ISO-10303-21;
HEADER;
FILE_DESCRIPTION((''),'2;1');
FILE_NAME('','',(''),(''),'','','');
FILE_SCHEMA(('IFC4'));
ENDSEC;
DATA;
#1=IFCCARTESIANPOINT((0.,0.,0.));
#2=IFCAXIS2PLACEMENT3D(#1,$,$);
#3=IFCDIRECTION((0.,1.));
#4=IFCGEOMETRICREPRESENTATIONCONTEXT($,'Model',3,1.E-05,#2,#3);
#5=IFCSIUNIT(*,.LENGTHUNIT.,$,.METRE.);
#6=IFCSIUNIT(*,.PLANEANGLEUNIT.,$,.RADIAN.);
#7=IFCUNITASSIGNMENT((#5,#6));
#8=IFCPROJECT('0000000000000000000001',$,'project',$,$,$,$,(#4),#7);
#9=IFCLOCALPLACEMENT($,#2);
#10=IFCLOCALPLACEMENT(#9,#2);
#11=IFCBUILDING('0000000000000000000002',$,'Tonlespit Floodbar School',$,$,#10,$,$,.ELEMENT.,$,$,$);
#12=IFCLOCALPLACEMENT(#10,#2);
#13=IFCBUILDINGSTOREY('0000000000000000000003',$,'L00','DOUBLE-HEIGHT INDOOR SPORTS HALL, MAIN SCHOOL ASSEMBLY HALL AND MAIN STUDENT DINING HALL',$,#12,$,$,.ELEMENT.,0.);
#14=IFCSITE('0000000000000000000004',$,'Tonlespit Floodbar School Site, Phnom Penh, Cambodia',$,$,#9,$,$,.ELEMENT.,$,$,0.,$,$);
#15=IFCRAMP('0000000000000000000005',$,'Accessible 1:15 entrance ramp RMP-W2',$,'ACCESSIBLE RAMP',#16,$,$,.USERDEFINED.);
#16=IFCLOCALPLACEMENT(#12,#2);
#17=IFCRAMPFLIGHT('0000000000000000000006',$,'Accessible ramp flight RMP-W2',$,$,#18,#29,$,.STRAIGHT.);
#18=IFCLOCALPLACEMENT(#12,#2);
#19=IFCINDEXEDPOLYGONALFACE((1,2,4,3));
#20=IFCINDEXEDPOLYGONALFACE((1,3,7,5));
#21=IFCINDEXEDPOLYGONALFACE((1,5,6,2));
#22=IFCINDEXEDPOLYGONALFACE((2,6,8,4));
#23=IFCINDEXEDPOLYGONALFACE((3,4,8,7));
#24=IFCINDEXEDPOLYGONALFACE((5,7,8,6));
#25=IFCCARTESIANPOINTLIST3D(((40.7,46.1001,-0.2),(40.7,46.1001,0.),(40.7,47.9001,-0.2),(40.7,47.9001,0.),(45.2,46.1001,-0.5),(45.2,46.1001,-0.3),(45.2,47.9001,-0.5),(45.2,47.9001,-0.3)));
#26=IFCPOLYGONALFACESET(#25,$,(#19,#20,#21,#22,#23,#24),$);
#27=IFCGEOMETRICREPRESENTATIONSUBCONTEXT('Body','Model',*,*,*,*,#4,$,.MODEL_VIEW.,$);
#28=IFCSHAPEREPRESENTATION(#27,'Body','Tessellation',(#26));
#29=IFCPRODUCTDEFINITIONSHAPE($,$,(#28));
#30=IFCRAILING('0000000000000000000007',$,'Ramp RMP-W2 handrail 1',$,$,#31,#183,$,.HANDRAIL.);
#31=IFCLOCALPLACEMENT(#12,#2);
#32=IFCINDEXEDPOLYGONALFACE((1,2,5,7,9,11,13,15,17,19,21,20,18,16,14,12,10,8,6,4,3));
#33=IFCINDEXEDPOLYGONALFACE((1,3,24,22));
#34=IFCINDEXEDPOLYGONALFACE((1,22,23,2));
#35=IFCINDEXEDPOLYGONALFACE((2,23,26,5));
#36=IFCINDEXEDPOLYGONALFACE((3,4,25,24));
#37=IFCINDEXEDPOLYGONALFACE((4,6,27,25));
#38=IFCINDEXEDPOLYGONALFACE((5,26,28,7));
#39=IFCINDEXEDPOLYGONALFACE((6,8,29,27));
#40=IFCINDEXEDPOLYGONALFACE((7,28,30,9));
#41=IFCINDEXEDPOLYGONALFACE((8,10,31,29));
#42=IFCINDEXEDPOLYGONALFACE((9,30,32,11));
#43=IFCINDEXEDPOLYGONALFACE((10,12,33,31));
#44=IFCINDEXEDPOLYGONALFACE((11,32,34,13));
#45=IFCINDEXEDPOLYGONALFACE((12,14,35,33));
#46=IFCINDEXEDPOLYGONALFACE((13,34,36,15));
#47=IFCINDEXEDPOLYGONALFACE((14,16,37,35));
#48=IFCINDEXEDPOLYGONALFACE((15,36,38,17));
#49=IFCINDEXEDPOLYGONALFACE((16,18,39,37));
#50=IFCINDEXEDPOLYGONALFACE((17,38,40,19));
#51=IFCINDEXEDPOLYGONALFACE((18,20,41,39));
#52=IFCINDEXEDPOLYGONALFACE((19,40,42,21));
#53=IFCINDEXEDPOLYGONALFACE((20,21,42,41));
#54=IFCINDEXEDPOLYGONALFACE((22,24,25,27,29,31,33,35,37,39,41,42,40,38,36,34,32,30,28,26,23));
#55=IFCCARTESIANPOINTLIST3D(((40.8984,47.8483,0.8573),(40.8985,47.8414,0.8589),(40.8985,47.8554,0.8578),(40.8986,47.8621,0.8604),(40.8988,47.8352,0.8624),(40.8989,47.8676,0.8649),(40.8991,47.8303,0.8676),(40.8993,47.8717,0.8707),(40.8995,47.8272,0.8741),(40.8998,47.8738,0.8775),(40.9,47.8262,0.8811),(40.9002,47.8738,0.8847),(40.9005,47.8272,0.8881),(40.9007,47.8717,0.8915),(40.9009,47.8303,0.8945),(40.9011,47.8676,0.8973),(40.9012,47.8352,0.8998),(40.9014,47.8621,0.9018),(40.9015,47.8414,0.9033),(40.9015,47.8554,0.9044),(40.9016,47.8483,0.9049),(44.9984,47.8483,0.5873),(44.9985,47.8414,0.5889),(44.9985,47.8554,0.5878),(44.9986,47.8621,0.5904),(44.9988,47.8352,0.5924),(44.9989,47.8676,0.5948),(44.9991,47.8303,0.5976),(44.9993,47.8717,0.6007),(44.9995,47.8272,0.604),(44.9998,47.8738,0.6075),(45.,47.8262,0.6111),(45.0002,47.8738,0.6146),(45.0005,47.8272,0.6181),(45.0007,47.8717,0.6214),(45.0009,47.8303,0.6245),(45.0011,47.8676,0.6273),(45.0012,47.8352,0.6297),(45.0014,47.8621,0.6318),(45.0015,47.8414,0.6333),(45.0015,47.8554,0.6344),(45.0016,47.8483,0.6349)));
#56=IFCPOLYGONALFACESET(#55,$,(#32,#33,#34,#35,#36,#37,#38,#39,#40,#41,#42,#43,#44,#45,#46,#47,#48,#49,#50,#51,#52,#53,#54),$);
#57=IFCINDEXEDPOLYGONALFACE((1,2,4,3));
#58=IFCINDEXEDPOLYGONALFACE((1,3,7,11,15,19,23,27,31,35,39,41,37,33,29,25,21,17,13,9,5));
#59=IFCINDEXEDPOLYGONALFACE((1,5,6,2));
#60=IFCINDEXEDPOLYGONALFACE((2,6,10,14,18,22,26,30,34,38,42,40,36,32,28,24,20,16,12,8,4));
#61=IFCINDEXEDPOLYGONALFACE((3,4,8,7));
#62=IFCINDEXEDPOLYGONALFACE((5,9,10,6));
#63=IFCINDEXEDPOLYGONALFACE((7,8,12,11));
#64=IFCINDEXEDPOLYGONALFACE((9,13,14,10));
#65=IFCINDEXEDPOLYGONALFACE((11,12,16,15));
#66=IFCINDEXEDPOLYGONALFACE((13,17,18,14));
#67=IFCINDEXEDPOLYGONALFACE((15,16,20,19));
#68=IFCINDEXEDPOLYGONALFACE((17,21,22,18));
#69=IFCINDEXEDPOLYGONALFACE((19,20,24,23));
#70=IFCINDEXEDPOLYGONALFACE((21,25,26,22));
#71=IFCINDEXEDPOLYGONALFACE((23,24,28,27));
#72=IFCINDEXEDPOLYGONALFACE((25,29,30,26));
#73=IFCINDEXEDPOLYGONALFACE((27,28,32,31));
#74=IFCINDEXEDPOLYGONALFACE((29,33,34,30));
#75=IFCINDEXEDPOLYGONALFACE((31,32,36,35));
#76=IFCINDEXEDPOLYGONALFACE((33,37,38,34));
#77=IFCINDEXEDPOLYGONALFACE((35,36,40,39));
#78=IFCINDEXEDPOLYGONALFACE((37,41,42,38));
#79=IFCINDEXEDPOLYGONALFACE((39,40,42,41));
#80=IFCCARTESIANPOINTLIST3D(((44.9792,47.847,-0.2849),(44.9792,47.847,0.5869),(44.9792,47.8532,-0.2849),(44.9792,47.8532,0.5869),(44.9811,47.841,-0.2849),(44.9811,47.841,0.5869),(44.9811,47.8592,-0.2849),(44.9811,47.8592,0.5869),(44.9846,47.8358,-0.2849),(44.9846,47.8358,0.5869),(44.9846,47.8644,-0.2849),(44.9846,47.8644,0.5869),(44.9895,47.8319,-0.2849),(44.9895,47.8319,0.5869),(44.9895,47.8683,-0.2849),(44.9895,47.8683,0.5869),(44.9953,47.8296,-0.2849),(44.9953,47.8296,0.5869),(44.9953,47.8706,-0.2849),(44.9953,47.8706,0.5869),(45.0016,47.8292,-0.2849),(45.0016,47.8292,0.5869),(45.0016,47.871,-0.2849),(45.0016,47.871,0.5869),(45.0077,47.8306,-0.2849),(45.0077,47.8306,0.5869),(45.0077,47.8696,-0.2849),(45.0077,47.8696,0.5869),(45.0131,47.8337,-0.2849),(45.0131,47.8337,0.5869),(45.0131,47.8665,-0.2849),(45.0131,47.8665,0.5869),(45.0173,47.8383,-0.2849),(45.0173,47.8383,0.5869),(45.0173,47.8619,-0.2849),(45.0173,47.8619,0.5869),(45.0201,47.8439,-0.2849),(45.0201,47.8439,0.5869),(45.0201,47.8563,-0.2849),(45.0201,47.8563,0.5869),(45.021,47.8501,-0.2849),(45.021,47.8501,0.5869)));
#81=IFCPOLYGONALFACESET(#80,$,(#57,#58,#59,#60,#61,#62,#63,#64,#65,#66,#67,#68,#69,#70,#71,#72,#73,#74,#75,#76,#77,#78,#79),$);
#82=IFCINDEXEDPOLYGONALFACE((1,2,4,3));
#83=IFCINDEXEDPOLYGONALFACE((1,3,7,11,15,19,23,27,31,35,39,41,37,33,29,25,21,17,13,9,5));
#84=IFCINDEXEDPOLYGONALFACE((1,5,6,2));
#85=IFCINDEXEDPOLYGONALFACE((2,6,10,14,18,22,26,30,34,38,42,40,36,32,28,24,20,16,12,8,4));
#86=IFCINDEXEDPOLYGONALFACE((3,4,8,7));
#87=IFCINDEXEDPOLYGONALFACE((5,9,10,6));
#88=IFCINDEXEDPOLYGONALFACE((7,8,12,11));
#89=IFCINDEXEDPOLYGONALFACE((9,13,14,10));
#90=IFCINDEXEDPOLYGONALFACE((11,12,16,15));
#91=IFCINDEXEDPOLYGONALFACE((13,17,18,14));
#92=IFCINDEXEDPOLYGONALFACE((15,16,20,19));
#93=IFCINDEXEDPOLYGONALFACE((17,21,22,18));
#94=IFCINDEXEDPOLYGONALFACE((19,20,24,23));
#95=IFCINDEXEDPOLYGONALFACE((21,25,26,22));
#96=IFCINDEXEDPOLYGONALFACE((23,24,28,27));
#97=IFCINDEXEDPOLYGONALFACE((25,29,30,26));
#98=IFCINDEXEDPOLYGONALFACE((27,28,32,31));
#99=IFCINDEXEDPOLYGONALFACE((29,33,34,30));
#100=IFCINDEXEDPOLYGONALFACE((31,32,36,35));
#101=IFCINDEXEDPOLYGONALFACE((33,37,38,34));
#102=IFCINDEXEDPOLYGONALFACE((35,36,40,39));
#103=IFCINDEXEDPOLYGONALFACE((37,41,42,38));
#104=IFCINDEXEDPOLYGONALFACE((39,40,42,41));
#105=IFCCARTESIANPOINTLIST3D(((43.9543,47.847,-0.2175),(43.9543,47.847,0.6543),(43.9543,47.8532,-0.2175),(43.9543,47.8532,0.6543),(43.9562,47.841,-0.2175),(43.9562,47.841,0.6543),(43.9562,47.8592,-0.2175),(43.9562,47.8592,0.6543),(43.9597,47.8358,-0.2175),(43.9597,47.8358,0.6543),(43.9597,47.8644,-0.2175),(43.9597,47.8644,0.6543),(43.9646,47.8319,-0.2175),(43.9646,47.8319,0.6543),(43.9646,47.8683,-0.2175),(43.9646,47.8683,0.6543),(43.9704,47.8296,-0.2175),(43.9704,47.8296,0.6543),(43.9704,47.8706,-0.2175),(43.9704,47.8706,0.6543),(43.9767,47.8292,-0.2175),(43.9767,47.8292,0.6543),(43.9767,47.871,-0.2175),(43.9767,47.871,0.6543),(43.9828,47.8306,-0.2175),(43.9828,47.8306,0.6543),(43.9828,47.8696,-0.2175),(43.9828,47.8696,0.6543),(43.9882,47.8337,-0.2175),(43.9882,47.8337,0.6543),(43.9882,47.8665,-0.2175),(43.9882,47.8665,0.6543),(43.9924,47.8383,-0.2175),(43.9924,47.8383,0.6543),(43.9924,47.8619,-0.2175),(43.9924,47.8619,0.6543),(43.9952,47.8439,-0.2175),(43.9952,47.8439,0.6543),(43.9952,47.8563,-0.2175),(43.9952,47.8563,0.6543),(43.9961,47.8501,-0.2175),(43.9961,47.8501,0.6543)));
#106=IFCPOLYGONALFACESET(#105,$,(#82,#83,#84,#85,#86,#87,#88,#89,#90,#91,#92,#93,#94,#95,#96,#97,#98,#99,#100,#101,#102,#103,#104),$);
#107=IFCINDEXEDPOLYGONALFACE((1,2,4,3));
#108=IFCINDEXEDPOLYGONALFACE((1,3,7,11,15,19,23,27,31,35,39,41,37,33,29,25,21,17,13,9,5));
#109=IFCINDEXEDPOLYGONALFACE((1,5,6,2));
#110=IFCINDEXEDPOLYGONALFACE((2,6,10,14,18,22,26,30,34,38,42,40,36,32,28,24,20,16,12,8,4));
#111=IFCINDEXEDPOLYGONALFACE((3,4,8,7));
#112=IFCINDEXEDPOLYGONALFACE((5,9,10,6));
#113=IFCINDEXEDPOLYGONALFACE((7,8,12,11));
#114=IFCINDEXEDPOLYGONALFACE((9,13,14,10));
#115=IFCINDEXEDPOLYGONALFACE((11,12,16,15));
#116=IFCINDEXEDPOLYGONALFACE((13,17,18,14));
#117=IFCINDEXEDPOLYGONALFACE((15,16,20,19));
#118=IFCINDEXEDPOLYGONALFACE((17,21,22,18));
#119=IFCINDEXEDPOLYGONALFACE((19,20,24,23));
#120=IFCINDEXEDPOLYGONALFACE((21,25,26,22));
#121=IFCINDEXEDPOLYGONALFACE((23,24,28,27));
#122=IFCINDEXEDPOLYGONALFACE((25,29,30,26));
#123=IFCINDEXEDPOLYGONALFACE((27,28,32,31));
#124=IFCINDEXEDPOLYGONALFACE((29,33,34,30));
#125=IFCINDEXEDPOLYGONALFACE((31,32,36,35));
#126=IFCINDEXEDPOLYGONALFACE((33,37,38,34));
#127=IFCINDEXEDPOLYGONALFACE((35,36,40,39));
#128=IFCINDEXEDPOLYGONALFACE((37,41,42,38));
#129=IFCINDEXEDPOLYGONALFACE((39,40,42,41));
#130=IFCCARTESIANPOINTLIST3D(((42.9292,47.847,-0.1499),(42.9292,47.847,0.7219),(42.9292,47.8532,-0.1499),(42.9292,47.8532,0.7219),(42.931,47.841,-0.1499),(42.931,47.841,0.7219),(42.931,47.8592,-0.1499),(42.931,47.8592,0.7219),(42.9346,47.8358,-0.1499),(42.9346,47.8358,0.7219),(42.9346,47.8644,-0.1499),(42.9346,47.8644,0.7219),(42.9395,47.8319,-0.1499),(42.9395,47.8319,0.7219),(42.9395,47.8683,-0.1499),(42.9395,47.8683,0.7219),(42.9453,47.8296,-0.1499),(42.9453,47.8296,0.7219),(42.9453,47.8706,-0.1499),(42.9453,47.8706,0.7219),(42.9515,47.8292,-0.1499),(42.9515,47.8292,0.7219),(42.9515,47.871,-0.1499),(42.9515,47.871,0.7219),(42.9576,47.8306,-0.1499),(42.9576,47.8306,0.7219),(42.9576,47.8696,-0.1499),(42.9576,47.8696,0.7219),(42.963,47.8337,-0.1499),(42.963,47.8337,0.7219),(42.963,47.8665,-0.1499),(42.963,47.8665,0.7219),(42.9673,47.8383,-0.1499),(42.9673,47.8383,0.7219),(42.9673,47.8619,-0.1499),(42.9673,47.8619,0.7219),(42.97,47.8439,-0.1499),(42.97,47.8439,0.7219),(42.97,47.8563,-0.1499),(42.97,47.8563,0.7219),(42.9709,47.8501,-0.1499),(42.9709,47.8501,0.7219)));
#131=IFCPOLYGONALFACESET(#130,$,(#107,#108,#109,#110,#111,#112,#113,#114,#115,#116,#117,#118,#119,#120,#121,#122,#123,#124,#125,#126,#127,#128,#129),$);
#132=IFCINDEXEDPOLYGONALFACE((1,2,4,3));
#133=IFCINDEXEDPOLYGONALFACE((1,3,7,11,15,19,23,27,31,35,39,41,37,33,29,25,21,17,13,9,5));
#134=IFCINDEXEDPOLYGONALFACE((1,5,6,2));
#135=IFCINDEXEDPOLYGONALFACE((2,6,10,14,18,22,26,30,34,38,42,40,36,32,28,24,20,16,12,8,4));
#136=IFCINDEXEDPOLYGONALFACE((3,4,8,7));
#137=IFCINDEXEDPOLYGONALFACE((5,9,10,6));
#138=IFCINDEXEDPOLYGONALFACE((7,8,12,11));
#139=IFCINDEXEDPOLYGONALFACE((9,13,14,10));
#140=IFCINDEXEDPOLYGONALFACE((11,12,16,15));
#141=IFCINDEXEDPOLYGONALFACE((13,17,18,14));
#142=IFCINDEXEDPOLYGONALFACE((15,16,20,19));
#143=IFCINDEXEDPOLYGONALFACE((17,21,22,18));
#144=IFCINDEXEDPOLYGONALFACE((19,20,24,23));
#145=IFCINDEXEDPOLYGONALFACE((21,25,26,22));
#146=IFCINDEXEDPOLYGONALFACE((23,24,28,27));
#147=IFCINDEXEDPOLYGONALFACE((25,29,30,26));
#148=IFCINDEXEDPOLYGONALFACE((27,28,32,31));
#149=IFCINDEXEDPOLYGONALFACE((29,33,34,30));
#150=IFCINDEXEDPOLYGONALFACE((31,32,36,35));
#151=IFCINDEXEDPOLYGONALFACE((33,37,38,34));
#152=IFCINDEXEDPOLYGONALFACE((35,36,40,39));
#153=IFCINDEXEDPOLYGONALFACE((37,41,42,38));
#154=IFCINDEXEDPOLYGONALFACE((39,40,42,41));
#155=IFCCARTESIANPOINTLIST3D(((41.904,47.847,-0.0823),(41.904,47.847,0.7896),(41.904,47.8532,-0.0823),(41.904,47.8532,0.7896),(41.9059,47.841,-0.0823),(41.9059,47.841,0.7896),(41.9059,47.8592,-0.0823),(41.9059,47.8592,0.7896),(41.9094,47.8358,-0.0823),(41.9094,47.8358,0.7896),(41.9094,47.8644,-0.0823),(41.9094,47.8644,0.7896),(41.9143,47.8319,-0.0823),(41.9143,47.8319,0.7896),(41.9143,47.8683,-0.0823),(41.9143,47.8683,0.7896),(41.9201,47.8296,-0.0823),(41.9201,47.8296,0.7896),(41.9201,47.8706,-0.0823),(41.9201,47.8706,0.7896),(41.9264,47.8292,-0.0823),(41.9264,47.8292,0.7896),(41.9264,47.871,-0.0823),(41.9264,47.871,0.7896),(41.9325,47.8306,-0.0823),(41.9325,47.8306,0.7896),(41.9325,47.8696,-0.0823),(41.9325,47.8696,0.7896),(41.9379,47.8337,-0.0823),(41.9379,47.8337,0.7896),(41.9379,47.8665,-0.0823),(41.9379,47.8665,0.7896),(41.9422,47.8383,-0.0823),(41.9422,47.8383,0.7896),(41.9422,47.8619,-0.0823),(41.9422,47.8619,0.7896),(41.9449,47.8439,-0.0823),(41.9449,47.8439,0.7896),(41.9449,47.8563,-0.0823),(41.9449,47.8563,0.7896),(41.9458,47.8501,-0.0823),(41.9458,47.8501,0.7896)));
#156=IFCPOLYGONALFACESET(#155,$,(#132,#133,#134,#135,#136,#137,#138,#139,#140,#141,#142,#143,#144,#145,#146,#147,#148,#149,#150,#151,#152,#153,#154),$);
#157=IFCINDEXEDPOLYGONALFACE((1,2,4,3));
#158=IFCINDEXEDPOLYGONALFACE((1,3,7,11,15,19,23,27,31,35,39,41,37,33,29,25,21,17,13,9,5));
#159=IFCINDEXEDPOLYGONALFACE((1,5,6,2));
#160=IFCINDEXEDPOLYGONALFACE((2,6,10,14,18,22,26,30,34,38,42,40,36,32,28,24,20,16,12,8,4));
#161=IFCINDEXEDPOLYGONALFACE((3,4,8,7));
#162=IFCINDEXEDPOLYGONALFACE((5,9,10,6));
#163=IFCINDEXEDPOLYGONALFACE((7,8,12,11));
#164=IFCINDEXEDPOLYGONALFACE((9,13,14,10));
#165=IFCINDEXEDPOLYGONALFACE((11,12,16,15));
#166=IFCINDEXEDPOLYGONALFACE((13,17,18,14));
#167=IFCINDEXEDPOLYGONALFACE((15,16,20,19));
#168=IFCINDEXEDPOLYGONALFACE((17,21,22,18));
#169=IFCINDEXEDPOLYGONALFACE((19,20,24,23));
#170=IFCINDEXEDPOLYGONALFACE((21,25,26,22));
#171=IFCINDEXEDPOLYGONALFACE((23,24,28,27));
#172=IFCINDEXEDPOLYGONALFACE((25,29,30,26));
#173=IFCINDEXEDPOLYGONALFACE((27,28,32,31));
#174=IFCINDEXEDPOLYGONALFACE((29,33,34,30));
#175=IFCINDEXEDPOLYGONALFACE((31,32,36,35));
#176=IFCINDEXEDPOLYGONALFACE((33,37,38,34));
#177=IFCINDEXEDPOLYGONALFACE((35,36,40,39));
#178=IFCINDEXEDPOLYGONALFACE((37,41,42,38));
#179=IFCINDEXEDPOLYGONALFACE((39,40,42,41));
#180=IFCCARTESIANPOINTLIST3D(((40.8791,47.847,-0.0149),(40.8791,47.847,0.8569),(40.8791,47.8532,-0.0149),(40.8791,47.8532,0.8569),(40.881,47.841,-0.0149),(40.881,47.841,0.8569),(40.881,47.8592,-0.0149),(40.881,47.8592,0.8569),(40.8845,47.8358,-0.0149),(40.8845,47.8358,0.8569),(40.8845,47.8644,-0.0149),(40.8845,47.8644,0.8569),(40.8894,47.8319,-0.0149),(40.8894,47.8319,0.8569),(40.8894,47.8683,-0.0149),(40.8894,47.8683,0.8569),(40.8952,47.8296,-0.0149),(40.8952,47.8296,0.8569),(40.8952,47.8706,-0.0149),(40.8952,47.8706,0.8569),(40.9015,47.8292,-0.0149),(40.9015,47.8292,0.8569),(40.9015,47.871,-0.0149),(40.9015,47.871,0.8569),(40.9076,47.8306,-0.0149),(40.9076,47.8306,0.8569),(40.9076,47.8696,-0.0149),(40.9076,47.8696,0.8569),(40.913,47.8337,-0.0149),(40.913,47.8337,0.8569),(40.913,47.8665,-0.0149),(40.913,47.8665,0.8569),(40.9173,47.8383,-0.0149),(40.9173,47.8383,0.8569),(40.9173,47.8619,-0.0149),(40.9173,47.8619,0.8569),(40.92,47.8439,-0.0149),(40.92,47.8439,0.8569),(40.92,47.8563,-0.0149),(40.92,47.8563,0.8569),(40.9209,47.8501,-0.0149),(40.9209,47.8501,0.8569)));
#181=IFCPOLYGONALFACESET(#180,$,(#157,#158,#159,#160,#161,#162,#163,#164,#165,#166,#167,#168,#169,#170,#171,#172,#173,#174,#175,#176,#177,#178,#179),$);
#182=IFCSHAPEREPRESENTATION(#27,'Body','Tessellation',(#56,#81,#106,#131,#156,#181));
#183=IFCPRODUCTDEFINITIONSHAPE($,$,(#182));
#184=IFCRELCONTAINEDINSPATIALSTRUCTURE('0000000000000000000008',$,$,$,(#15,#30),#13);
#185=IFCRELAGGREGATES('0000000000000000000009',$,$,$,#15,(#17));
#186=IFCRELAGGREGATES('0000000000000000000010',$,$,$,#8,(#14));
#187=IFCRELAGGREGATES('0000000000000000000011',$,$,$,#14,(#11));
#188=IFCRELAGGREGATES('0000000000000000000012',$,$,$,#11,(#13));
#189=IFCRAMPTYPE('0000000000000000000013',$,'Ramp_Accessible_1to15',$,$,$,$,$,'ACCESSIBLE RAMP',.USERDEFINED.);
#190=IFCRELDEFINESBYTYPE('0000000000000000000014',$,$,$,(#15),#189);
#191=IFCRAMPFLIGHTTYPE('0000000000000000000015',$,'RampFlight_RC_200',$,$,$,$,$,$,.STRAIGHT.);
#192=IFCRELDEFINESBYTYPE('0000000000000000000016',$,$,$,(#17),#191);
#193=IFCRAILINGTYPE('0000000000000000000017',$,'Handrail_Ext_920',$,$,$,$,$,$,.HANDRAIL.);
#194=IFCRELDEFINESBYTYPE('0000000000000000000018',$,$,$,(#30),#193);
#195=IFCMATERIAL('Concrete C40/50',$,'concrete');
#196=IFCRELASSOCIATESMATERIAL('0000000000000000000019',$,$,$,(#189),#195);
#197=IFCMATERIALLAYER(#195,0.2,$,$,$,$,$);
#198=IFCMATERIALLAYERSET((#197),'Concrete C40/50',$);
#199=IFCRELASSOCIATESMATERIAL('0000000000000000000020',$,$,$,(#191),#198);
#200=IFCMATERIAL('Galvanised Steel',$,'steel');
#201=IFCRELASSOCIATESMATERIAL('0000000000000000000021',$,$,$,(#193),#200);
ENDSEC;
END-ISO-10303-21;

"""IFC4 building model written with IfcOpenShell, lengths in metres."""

from ifc_helpers import new_model, si_unit, direction, frame, origin, origin_2d, place, context, subcontext, project, spatial, polyline, circle, outline, extrude, material, layer, layer_set, type_object, element, aggregate, save


model = new_model("IFC4")

# Units and contexts
model_context = context("Model", 3, precision=1e-05, world=origin(), true_north=direction((0.0, 1.0)))
body_context = subcontext(model_context, "Body", "Model", "MODEL_VIEW")
ifc_project = project(units=[si_unit("LENGTHUNIT", "METRE"), si_unit("PLANEANGLEUNIT", "RADIAN")], contexts=[model_context])

# Site, building, storey
site_placement = place(None, origin())
site = spatial("IfcSite", under=ifc_project, at=site_placement, Name="Tonlespit Floodbar School Site, Phnom Penh, Cambodia", CompositionType="ELEMENT", RefElevation=0.0)
building_placement = place(site_placement, origin())
building = spatial("IfcBuilding", under=site, at=building_placement, Name="Tonlespit Floodbar School", CompositionType="ELEMENT")
storey_placement = place(building_placement, origin())
storey = spatial("IfcBuildingStorey", under=building, at=storey_placement, Name="L00", Description="DOUBLE-HEIGHT INDOOR SPORTS HALL, MAIN SCHOOL ASSEMBLY HALL AND MAIN STUDENT DINING HALL", CompositionType="ELEMENT", Elevation=0.0)

# Shared definitions
ifc_material_1 = material(Name="Concrete C40/50", Category="concrete")

# Ramp, ramp flight
ramp_type = type_object("IfcRampType", Name="Ramp_Accessible_1to15", ElementType="ACCESSIBLE RAMP", PredefinedType="USERDEFINED", material=ifc_material_1)
ramp_placement = place(storey_placement, origin())
ramp = element("IfcRamp", 1, at=ramp_placement, inside=storey, type_object=ramp_type, Name="Accessible 1:15 entrance ramp RMP-W2", ObjectType="ACCESSIBLE RAMP", PredefinedType="USERDEFINED")
ifc_layer_1 = layer(ifc_material_1, 0.2)
ifc_layer_set_1 = layer_set([ifc_layer_1], Name="Concrete C40/50")
ramp_flight_type = type_object("IfcRampFlightType", Name="RampFlight_RC_200", PredefinedType="STRAIGHT", material=ifc_layer_set_1)
ramp_flight_placement = place(storey_placement, frame((45.2, 47.0, -0.3), z_axis=(0.0, 0.0, 1.0), x_axis=(-1.0, 0.0, 0.0)))
ramp_flight = element("IfcRampFlight", 2, at=ramp_flight_placement, type_object=ramp_flight_type, Name="Accessible ramp flight RMP-W2", PredefinedType="STRAIGHT", context=body_context, shape_type="SweptSolid", body=[
    extrude(outline(polyline([(0.0, 0.0), (0.0, -0.2), (4.5, 0.1001), (4.5, 0.3), (0.0, 0.0)])), frame((0.0, 0.8999, 0.0), z_axis=(0.0, -1.0, 0.0), x_axis=(1.0, 0.0, 0.0)), (0.0, 0.0, 1.0), 1.8),
])
aggregate(ramp, [ramp_flight])

# Railing
ifc_material_2 = material(Name="Galvanised Steel", Category="steel")
railing_type = type_object("IfcRailingType", Name="Handrail_Ext_920", PredefinedType="HANDRAIL", material=ifc_material_2)
for number, where, name in (
    (3, (45.0, 47.8501, -0.2849), "Ramp RMP-W2 handrail 1"),
):
    element("IfcRailing", number, at=place(storey_placement, frame(where)), inside=storey, type_object=railing_type, Name=name, PredefinedType="HANDRAIL", context=body_context, shape_type="SweptSolid", body=[
        extrude(circle(Radius=0.0239, at=origin_2d()), frame((0.0, 0.0, 0.896), z_axis=(-0.997838, 0.0, 0.065715), x_axis=(0.0, -1.0, 0.0)), (0.0, 0.0, 1.0), 4.1089),
        extrude(circle(Radius=0.021, at=origin_2d()), origin(), (0.0, 0.0, 1.0), 0.8718),
        extrude(circle(Radius=0.021, at=origin_2d()), frame((-1.0249, 0.0, 0.0674)), (0.0, 0.0, 1.0), 0.8718),
        extrude(circle(Radius=0.021, at=origin_2d()), frame((-2.05, 0.0, 0.135)), (0.0, 0.0, 1.0), 0.8718),
        extrude(circle(Radius=0.021, at=origin_2d()), frame((-3.0752, 0.0, 0.2026)), (0.0, 0.0, 1.0), 0.8718),
        extrude(circle(Radius=0.021, at=origin_2d()), frame((-4.1001, 0.0, 0.27)), (0.0, 0.0, 1.0), 0.8718),
    ])

save(model, "model.ifc")
